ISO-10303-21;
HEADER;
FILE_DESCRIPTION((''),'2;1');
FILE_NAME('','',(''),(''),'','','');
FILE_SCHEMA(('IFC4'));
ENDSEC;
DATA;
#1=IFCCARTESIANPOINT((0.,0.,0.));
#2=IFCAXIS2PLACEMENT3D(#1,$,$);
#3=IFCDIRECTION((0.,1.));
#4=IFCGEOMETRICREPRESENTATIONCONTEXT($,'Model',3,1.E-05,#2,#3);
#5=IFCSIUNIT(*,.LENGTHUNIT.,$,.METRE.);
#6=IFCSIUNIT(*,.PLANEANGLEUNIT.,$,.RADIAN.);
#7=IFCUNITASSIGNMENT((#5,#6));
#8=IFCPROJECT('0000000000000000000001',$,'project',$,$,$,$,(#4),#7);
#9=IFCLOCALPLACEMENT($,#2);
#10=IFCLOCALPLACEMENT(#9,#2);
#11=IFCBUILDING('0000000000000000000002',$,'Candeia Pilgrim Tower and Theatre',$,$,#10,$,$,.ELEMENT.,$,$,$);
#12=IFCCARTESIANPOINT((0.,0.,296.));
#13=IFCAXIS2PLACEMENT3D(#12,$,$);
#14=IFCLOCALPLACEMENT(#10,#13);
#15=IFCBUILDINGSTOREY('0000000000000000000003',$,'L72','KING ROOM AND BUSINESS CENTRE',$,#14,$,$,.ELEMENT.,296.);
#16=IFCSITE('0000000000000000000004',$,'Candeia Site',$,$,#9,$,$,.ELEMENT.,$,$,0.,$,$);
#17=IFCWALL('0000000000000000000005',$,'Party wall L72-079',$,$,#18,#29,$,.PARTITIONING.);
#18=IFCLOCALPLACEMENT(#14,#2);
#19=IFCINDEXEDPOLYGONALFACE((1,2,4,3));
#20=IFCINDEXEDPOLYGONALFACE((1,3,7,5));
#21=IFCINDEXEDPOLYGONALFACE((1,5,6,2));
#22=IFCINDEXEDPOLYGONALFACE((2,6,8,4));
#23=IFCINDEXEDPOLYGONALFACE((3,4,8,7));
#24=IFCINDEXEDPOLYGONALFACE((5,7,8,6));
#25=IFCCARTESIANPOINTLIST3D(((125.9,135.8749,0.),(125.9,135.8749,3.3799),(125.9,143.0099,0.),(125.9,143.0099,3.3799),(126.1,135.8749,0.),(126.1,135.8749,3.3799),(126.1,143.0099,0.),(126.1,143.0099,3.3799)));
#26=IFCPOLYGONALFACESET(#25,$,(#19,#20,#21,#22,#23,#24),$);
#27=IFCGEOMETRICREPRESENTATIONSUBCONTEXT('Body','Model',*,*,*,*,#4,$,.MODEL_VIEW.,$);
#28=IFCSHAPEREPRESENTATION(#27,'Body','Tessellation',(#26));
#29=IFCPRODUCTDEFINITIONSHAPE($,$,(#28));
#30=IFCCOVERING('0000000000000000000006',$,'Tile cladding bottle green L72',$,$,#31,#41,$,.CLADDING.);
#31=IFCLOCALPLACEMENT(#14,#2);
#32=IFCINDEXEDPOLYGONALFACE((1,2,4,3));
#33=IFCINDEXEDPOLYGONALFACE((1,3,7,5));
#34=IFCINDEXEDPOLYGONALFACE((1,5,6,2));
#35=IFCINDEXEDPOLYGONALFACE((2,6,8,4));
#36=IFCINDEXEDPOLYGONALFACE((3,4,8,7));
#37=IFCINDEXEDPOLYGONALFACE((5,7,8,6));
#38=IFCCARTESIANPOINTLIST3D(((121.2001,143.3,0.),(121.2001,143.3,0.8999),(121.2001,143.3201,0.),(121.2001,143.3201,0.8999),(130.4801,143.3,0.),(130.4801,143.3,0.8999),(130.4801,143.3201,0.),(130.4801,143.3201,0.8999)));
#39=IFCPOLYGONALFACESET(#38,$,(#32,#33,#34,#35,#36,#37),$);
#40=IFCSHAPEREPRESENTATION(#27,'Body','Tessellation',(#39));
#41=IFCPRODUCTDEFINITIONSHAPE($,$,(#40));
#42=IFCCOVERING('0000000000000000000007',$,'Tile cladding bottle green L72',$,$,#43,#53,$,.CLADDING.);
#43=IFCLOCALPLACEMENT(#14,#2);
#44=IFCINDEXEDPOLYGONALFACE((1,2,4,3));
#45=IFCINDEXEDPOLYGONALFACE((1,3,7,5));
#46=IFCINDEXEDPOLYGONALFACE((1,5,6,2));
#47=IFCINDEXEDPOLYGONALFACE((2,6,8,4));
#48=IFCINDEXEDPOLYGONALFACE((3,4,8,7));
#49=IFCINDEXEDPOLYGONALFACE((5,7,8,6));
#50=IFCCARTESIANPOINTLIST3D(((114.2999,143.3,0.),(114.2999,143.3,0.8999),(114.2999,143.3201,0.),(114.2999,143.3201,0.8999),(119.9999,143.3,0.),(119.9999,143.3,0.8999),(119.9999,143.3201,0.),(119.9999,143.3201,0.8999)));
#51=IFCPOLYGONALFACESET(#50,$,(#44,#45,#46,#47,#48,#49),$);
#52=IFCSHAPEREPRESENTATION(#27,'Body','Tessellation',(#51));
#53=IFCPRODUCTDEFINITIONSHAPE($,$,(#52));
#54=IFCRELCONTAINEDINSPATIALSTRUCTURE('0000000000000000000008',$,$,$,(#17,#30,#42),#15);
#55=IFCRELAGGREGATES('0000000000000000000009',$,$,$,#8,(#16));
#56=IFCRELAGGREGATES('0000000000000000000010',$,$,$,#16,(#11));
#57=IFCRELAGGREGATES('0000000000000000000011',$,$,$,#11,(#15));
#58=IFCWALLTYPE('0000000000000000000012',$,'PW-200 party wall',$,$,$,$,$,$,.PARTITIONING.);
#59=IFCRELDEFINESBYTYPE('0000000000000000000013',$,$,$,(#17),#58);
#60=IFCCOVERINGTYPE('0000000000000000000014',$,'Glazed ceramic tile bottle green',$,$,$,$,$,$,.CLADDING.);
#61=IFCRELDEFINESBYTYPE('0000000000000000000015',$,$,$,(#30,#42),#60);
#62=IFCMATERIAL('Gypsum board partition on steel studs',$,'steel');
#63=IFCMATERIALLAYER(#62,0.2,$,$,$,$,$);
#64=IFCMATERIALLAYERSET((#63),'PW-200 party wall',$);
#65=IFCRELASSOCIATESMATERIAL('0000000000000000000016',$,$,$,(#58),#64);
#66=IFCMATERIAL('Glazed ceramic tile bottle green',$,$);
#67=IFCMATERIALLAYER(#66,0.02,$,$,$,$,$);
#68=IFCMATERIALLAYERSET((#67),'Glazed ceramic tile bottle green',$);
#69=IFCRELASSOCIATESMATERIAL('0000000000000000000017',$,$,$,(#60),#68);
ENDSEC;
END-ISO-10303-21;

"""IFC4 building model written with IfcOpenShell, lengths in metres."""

from ifc_helpers import new_model, si_unit, direction, frame, frame_2d, origin, origin_2d, place, context, subcontext, project, spatial, rectangle, extrude, material, layer, layer_set, type_object, element, save


model = new_model("IFC4")

# Units and contexts
model_context = context("Model", 3, precision=1e-05, world=origin(), true_north=direction((0.0, 1.0)))
body_context = subcontext(model_context, "Body", "Model", "MODEL_VIEW")
ifc_project = project(units=[si_unit("LENGTHUNIT", "METRE"), si_unit("PLANEANGLEUNIT", "RADIAN")], contexts=[model_context])

# Site, building, storey
site_placement = place(None, origin())
site = spatial("IfcSite", under=ifc_project, at=site_placement, Name="Candeia Site", CompositionType="ELEMENT", RefElevation=0.0)
building_placement = place(site_placement, origin())
building = spatial("IfcBuilding", under=site, at=building_placement, Name="Candeia Pilgrim Tower and Theatre", CompositionType="ELEMENT")
storey_placement = place(building_placement, frame((0.0, 0.0, 296.0)))
storey = spatial("IfcBuildingStorey", under=building, at=storey_placement, Name="L72", Description="KING ROOM AND BUSINESS CENTRE", CompositionType="ELEMENT", Elevation=296.0)

# Shared definitions
ifc_material_1 = material(Name="Gypsum board partition on steel studs", Category="steel")

# Wall
ifc_layer_1 = layer(ifc_material_1, 0.2)
ifc_layer_set_1 = layer_set([ifc_layer_1], Name="PW-200 party wall")
wall_type_1 = type_object("IfcWallType", Name="PW-200 party wall", PredefinedType="PARTITIONING", material=ifc_layer_set_1)
for number, where, z_axis, x_axis, name in (
    (1, (126.0, 135.875, 0.0), (0.0, 0.0, 1.0), (0.0, 1.0, 0.0), "Party wall L72-079"),
):
    element("IfcWall", number, at=place(storey_placement, frame(where, z_axis=z_axis, x_axis=x_axis)), inside=storey, type_object=wall_type_1, Name=name, PredefinedType="PARTITIONING", context=body_context, shape_type="SweptSolid", body=[
        extrude(rectangle(XDim=7.135, YDim=0.2, at=frame_2d((3.5674, 0.0))), origin(), (0.0, 0.0, 1.0), 3.3799),
    ])

# Coverings
ifc_material_2 = material(Name="Glazed ceramic tile bottle green")
ifc_layer_2 = layer(ifc_material_2, 0.02)
ifc_layer_set_2 = layer_set([ifc_layer_2], Name="Glazed ceramic tile bottle green")
covering_type = type_object("IfcCoveringType", Name="Glazed ceramic tile bottle green", PredefinedType="CLADDING", material=ifc_layer_set_2)
covering_1_placement = place(storey_placement, frame((125.8401, 143.3101, 0.0), z_axis=(0.0, 0.0, 1.0), x_axis=(-1.0, 0.0, 0.0)))
element("IfcCovering", 2, at=covering_1_placement, inside=storey, type_object=covering_type, Name="Tile cladding bottle green L72", PredefinedType="CLADDING", context=body_context, shape_type="SweptSolid", body=[
    extrude(rectangle(XDim=9.28, YDim=0.02, at=origin_2d()), origin(), (0.0, 0.0, 1.0), 0.8999),
])
covering_2_placement = place(storey_placement, frame((117.1499, 143.3101, 0.0), z_axis=(0.0, 0.0, 1.0), x_axis=(-1.0, 0.0, 0.0)))
element("IfcCovering", 3, at=covering_2_placement, inside=storey, type_object=covering_type, Name="Tile cladding bottle green L72", PredefinedType="CLADDING", context=body_context, shape_type="SweptSolid", body=[
    extrude(rectangle(XDim=5.7, YDim=0.02, at=origin_2d()), origin(), (0.0, 0.0, 1.0), 0.8999),
])

save(model, "model.ifc")
